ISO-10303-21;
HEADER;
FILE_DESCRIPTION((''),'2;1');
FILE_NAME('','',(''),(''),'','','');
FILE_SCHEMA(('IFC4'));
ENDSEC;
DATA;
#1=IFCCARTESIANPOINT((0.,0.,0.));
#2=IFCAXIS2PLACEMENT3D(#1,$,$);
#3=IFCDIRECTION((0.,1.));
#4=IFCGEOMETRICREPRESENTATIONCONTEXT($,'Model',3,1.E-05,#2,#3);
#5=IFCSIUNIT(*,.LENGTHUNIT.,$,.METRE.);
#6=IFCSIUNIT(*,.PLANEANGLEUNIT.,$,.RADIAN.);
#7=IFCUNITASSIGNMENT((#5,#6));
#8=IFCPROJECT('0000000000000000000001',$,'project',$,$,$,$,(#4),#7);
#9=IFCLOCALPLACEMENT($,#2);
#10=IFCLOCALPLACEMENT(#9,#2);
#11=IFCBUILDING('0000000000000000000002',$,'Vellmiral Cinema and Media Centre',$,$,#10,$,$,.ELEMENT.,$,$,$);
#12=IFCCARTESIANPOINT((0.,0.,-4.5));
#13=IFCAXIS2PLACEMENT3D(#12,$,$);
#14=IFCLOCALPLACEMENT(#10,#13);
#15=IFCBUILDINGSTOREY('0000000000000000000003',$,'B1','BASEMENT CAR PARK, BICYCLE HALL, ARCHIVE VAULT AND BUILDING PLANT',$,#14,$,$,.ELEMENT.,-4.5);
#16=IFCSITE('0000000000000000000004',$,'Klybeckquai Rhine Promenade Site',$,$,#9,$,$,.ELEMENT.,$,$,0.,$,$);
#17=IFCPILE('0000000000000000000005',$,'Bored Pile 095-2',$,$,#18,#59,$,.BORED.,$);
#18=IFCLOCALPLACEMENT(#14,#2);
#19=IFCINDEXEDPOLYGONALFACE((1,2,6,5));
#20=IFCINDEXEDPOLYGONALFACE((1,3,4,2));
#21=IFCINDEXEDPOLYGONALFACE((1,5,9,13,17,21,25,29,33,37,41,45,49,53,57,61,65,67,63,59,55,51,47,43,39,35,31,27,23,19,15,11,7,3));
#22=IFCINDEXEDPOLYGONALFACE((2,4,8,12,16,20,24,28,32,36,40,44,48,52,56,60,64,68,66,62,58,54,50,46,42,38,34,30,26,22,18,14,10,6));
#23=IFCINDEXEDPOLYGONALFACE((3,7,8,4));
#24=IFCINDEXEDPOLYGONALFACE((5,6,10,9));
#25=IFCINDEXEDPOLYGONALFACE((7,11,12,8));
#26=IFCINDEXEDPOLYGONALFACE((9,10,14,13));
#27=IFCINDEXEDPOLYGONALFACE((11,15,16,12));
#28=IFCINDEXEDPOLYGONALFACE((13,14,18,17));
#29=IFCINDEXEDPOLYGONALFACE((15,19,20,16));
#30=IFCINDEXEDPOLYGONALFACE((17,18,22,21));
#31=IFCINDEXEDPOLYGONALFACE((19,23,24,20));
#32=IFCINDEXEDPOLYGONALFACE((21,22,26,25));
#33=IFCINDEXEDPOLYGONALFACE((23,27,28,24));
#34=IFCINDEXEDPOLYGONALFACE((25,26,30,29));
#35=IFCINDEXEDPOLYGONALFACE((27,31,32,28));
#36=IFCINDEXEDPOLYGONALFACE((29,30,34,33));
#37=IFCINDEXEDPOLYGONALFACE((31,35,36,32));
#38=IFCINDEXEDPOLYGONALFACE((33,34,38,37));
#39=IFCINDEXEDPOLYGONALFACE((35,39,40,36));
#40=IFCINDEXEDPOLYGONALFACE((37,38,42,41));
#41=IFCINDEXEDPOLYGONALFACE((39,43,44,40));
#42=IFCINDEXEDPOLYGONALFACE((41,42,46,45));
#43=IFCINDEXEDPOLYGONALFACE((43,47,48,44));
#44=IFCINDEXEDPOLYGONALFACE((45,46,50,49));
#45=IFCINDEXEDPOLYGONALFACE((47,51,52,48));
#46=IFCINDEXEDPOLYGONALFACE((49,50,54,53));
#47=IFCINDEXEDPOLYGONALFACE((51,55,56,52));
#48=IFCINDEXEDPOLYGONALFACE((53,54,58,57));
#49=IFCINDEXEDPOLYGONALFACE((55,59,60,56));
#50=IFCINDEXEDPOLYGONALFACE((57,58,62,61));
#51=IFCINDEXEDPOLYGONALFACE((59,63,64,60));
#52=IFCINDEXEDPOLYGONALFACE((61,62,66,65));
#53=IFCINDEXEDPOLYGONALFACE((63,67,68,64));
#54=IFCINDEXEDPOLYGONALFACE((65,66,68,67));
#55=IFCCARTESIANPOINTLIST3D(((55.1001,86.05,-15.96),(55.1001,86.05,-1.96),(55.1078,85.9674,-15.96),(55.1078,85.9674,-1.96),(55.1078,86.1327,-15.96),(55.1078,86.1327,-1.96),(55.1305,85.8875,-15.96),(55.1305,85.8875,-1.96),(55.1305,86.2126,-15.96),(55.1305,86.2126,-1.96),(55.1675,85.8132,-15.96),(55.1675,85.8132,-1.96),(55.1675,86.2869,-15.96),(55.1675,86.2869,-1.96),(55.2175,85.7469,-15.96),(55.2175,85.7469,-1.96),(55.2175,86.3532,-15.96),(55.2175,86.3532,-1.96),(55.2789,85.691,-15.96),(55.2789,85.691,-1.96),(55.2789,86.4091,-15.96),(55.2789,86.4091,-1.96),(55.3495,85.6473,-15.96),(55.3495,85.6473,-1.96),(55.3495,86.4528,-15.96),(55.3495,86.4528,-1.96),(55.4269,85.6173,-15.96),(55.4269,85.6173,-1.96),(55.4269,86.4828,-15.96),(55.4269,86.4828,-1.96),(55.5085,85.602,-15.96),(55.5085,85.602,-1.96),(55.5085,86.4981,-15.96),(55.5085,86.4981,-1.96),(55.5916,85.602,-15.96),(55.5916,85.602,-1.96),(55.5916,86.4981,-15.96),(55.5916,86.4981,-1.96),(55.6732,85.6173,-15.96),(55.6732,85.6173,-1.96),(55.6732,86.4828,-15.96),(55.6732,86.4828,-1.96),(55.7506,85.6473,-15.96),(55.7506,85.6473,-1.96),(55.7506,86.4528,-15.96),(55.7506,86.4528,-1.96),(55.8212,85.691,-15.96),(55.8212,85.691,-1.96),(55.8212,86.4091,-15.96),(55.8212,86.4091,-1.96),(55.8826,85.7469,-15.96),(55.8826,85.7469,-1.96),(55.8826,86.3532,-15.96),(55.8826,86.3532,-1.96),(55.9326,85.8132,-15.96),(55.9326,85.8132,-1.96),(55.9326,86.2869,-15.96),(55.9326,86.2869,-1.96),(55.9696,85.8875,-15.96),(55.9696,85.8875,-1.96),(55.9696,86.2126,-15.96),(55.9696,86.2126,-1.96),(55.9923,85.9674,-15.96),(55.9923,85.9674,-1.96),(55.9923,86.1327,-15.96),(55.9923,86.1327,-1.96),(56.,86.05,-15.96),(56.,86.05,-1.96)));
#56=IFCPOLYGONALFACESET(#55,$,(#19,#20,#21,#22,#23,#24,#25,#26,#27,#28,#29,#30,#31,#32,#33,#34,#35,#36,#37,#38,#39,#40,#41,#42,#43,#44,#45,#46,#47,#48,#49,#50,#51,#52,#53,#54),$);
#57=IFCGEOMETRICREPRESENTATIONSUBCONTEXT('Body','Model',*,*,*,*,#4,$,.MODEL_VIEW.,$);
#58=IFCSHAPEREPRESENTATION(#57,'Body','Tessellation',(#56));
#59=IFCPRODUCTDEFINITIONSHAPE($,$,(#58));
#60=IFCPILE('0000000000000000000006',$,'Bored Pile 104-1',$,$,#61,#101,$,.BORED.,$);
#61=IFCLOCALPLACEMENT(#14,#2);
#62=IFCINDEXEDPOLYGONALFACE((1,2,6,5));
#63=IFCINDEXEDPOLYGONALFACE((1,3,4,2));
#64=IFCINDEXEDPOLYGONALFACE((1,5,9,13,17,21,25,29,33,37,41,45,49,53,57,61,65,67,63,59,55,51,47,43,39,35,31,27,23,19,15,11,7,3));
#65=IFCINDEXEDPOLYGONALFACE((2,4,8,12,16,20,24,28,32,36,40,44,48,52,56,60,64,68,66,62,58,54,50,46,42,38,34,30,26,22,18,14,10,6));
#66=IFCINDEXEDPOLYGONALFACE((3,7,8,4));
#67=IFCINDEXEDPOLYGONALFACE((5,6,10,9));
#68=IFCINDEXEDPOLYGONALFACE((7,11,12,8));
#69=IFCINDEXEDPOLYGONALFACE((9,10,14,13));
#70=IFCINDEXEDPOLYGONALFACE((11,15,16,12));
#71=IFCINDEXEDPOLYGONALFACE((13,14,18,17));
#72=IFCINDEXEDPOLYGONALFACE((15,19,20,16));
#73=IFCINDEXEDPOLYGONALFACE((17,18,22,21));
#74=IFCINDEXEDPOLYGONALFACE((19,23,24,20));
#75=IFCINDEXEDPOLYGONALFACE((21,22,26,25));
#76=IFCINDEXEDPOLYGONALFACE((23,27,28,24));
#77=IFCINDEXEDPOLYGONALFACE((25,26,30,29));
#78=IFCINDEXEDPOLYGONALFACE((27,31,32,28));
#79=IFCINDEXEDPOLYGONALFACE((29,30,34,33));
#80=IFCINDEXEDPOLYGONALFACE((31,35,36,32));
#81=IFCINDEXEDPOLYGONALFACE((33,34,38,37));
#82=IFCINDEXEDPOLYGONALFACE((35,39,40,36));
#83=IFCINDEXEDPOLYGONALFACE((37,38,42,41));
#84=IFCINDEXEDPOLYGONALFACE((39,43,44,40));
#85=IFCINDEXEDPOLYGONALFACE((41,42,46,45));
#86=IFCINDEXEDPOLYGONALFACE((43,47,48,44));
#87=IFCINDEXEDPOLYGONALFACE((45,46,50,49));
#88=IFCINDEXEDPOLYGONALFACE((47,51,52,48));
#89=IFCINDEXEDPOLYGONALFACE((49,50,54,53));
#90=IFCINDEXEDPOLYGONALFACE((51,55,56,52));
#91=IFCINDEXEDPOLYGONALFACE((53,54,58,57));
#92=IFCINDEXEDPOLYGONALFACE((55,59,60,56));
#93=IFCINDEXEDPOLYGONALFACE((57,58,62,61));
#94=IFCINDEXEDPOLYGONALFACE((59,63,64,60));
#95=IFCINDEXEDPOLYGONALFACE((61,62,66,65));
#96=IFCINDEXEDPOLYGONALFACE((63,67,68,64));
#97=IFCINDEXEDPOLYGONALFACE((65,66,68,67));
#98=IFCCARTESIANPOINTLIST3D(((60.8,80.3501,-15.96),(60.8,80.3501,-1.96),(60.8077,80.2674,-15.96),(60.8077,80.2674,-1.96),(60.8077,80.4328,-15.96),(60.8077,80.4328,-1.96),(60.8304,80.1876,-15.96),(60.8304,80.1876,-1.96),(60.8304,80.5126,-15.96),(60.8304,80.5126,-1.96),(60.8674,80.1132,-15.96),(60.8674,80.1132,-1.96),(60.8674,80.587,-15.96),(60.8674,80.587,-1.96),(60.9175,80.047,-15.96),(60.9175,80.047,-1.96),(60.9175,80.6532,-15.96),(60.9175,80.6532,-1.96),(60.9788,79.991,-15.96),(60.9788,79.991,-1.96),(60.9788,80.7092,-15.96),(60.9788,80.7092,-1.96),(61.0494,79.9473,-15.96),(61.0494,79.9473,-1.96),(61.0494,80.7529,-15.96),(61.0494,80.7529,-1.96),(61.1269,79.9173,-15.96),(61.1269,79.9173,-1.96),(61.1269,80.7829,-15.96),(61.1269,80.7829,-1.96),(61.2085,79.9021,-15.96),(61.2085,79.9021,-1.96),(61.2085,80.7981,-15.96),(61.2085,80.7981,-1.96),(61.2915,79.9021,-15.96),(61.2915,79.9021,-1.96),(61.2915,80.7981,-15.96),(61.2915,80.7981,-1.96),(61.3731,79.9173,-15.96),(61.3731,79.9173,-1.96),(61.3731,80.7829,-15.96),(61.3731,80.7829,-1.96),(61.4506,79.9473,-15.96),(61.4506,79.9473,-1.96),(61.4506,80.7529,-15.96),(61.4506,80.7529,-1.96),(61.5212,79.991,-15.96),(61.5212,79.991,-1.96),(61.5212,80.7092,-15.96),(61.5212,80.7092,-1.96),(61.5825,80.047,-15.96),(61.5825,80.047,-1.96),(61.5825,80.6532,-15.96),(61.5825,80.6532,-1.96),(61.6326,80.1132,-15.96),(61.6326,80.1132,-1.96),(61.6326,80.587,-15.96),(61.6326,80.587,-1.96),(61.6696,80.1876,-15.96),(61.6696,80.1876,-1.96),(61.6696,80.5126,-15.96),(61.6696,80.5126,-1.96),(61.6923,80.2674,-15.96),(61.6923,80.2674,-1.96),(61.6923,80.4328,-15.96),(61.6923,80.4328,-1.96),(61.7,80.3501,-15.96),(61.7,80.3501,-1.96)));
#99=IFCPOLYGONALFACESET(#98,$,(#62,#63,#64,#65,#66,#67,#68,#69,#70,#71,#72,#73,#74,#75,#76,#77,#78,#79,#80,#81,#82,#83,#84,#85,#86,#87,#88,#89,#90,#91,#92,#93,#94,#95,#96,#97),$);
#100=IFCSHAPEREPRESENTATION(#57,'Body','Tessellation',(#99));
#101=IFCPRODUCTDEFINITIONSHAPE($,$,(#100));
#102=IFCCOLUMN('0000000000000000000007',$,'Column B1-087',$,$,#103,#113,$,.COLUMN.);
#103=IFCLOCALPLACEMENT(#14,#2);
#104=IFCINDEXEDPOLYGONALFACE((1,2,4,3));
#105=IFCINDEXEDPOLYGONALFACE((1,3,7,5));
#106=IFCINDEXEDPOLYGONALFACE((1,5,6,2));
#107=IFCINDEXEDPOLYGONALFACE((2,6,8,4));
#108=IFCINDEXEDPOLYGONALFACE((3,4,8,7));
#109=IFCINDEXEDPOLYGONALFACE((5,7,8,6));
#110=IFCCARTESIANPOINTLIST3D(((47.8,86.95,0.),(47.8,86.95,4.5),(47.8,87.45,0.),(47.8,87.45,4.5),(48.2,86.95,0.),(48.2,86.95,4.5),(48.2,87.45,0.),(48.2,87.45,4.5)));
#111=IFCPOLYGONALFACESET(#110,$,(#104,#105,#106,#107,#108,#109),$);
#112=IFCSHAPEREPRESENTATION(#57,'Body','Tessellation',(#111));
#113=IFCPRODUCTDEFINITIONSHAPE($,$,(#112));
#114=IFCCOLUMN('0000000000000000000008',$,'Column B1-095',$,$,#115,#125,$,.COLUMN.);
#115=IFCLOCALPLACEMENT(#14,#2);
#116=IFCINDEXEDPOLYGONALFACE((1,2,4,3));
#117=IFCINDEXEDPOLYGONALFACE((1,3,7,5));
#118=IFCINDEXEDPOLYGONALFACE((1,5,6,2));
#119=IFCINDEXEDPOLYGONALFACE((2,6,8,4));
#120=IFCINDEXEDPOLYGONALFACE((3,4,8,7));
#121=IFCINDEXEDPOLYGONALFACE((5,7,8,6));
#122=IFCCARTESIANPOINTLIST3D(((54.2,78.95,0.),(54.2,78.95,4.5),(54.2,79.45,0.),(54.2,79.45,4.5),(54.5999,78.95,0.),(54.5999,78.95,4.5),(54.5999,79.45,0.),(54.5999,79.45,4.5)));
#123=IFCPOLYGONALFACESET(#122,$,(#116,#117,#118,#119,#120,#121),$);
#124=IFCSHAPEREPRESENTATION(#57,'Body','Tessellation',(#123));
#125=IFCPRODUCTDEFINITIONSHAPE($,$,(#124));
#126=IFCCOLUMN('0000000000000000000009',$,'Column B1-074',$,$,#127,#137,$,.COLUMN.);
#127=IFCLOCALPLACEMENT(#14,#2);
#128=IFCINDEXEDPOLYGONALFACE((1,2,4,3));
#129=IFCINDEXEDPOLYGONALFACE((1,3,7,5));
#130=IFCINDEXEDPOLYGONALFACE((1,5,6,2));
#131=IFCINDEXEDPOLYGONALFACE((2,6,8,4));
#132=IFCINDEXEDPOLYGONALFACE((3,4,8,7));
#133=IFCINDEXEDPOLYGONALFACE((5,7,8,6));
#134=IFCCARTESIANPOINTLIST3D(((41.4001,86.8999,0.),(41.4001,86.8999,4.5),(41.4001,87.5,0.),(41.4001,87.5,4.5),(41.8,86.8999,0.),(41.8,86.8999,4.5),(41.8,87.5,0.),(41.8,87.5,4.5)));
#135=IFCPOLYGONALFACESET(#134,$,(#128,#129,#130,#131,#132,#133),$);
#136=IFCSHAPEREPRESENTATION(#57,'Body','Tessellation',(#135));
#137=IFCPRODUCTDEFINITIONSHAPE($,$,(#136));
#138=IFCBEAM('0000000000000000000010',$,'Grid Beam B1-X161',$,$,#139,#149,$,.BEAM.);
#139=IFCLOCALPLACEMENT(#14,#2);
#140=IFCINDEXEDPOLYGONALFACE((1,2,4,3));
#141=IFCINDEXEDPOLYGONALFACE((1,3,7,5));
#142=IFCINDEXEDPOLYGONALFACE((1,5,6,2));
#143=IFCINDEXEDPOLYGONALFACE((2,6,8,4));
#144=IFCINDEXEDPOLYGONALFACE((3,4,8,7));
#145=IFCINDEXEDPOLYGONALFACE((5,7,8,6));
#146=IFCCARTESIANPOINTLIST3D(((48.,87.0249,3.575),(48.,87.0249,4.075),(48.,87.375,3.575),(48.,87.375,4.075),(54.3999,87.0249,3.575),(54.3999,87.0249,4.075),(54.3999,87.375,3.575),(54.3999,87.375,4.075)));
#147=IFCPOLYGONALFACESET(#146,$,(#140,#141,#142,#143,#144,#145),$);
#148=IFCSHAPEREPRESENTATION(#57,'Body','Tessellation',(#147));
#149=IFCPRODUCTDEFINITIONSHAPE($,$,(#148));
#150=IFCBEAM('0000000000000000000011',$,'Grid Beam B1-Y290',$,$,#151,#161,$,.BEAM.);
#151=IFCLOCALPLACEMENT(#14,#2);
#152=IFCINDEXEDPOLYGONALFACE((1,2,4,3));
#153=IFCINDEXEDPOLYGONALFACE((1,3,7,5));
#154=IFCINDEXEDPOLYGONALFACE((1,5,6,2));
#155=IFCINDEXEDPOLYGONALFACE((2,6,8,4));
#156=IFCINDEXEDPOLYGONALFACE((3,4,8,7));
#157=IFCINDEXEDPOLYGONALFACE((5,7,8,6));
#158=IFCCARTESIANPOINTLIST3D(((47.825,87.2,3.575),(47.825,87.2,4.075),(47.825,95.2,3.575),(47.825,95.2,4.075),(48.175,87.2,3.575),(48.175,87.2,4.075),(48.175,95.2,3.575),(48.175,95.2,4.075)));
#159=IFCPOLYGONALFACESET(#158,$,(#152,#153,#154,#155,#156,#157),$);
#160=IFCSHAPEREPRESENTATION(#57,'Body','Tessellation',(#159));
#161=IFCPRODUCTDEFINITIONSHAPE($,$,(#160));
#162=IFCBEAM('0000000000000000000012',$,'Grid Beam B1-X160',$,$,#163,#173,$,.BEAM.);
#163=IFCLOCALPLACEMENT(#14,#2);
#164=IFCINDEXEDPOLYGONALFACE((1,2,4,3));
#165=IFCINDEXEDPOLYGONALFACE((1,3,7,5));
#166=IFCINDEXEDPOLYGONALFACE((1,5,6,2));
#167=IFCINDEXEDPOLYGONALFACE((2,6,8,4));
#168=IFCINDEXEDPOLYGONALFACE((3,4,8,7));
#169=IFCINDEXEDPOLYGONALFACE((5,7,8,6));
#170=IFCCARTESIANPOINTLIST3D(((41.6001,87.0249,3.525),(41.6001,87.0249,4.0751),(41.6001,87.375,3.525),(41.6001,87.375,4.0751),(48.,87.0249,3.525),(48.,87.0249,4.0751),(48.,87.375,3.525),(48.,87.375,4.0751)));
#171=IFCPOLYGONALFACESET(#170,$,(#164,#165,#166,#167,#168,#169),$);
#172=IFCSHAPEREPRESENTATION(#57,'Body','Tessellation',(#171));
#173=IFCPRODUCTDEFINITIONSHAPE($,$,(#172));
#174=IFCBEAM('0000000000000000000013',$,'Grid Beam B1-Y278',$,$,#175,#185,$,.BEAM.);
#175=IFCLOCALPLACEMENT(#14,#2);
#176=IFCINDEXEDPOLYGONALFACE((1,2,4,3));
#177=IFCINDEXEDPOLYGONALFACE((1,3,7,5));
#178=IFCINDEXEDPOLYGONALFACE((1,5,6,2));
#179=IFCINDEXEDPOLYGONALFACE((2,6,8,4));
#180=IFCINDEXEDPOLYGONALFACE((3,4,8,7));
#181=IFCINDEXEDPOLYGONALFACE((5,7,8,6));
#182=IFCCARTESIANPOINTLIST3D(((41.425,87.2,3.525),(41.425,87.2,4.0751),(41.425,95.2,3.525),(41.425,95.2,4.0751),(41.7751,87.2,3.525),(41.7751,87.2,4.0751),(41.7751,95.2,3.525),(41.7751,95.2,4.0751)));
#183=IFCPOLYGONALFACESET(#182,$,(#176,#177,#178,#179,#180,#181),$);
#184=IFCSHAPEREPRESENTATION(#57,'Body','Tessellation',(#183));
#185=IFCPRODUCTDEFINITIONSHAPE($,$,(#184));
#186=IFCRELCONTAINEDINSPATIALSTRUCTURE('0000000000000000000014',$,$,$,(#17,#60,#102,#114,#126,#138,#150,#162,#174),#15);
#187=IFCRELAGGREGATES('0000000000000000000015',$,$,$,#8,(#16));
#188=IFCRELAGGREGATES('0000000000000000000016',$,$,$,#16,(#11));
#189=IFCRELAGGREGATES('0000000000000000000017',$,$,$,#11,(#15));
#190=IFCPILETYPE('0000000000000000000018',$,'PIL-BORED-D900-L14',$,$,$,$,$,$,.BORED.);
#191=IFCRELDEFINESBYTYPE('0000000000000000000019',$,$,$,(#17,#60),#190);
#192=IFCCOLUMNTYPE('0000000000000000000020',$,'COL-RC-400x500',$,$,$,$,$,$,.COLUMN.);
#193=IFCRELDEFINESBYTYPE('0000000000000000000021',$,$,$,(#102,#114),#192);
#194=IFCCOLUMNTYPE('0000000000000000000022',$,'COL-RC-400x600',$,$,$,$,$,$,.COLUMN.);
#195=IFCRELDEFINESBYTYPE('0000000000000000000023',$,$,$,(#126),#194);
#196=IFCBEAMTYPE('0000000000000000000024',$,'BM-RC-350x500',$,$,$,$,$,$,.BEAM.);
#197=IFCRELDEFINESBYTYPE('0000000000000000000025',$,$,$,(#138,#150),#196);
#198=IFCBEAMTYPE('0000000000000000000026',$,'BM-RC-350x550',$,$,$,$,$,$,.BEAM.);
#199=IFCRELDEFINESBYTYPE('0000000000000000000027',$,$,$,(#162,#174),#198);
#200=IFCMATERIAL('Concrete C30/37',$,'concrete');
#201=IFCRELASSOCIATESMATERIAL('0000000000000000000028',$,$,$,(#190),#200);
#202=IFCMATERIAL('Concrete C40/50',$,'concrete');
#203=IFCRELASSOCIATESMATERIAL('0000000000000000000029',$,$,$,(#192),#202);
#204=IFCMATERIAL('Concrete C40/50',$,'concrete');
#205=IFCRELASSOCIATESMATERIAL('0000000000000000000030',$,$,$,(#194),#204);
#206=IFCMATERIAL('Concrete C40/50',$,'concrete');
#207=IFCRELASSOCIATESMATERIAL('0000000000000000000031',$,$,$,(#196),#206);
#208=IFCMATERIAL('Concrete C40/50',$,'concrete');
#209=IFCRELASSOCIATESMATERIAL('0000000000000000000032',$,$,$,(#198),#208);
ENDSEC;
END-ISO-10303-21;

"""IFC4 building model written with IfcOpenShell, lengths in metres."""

from ifc_helpers import new_model, si_unit, direction, frame, origin, origin_2d, place, context, subcontext, project, spatial, rectangle, circle, extrude, material, material_profile, profile_set, type_object, element, save


model = new_model("IFC4")

# Units and contexts
model_context = context("Model", 3, precision=1e-05, world=origin(), true_north=direction((0.0, 1.0)))
body_context = subcontext(model_context, "Body", "Model", "MODEL_VIEW")
ifc_project = project(units=[si_unit("LENGTHUNIT", "METRE"), si_unit("PLANEANGLEUNIT", "RADIAN")], contexts=[model_context])

# Site, building, storey
site_placement = place(None, origin())
site = spatial("IfcSite", under=ifc_project, at=site_placement, Name="Klybeckquai Rhine Promenade Site", CompositionType="ELEMENT", RefElevation=0.0)
building_placement = place(site_placement, origin())
building = spatial("IfcBuilding", under=site, at=building_placement, Name="Vellmiral Cinema and Media Centre", CompositionType="ELEMENT")
storey_placement = place(building_placement, frame((0.0, 0.0, -4.5)))
storey = spatial("IfcBuildingStorey", under=building, at=storey_placement, Name="B1", Description="BASEMENT CAR PARK, BICYCLE HALL, ARCHIVE VAULT AND BUILDING PLANT", CompositionType="ELEMENT", Elevation=-4.5)

# Piles
ifc_material_1 = material(Name="Concrete C30/37", Category="concrete")
ifc_material_profile_1 = material_profile(ifc_material_1, circle(Radius=0.45, at=origin_2d()), Name="PILE D900")
ifc_profile_set_1 = profile_set([ifc_material_profile_1], Name="Concrete C30/37")
pile_type_1 = type_object("IfcPileType", Name="PIL-BORED-D900-L14", PredefinedType="BORED", material=ifc_profile_set_1)
for number, where, z_axis, x_axis, name in (
    (1, (55.55, 86.05, -1.96), (0.0, 0.0, -1.0), (1.0, 0.0, 0.0), "Bored Pile 095-2"),
    (2, (61.25, 80.3501, -1.96), (0.0, 0.0, -1.0), (1.0, 0.0, 0.0), "Bored Pile 104-1"),
):
    element("IfcPile", number, at=place(storey_placement, frame(where, z_axis=z_axis, x_axis=x_axis)), inside=storey, type_object=pile_type_1, Name=name, PredefinedType="BORED", context=body_context, shape_type="SweptSolid", body=[
        extrude(circle(Radius=0.45, at=origin_2d()), origin(), (0.0, 0.0, 1.0), 14.0),
    ])

# Columns
ifc_material_2 = material(Name="Concrete C40/50", Category="concrete")
ifc_material_profile_2 = material_profile(ifc_material_2, rectangle(XDim=0.3999, YDim=0.5, at=origin_2d()), Name="RC 400x500")
ifc_profile_set_2 = profile_set([ifc_material_profile_2], Name="Concrete C40/50")
column_type_1 = type_object("IfcColumnType", Name="COL-RC-400x500", PredefinedType="COLUMN", material=ifc_profile_set_2)
for number, where, z_axis, x_axis, name in (
    (3, (48.0, 87.2, 0.0), (0.0, 0.0, 1.0), (1.0, 0.0, 0.0), "Column B1-087"),
    (4, (54.3999, 79.2, 0.0), (0.0, 0.0, 1.0), (1.0, 0.0, 0.0), "Column B1-095"),
):
    element("IfcColumn", number, at=place(storey_placement, frame(where, z_axis=z_axis, x_axis=x_axis)), inside=storey, type_object=column_type_1, Name=name, PredefinedType="COLUMN", context=body_context, shape_type="SweptSolid", body=[
        extrude(rectangle(XDim=0.3999, YDim=0.5, at=origin_2d()), origin(), (0.0, 0.0, 1.0), 4.5),
    ])
ifc_material_3 = material(Name="Concrete C40/50", Category="concrete")
ifc_material_profile_3 = material_profile(ifc_material_3, rectangle(XDim=0.3999, YDim=0.6001, at=origin_2d()), Name="RC 400x600")
ifc_profile_set_3 = profile_set([ifc_material_profile_3], Name="Concrete C40/50")
column_type_2 = type_object("IfcColumnType", Name="COL-RC-400x600", PredefinedType="COLUMN", material=ifc_profile_set_3)
column_placement = place(storey_placement, frame((41.6001, 87.2, 0.0), z_axis=(0.0, 0.0, 1.0), x_axis=(1.0, 0.0, 0.0)))
element("IfcColumn", 5, at=column_placement, inside=storey, type_object=column_type_2, Name="Column B1-074", PredefinedType="COLUMN", context=body_context, shape_type="SweptSolid", body=[
    extrude(rectangle(XDim=0.3999, YDim=0.6001, at=origin_2d()), origin(), (0.0, 0.0, 1.0), 4.5),
])

# Beams
ifc_material_4 = material(Name="Concrete C40/50", Category="concrete")
ifc_material_profile_4 = material_profile(ifc_material_4, rectangle(XDim=0.3501, YDim=0.5, at=origin_2d()), Name="RC 350x500")
ifc_profile_set_4 = profile_set([ifc_material_profile_4], Name="Concrete C40/50")
beam_type_1 = type_object("IfcBeamType", Name="BM-RC-350x500", PredefinedType="BEAM", material=ifc_profile_set_4)
beam_1_placement = place(storey_placement, frame((48.0, 87.2, 3.825), z_axis=(1.0, 0.0, 0.0), x_axis=(0.0, 1.0, 0.0)))
element("IfcBeam", 6, at=beam_1_placement, inside=storey, type_object=beam_type_1, Name="Grid Beam B1-X161", PredefinedType="BEAM", context=body_context, shape_type="SweptSolid", body=[
    extrude(rectangle(XDim=0.3501, YDim=0.5, at=origin_2d()), origin(), (0.0, 0.0, 1.0), 6.3999),
])
beam_2_placement = place(storey_placement, frame((48.0, 87.2, 3.825), z_axis=(0.0, 1.0, 0.0), x_axis=(-1.0, 0.0, 0.0)))
element("IfcBeam", 7, at=beam_2_placement, inside=storey, type_object=beam_type_1, Name="Grid Beam B1-Y290", PredefinedType="BEAM", context=body_context, shape_type="SweptSolid", body=[
    extrude(rectangle(XDim=0.3501, YDim=0.5, at=origin_2d()), origin(), (0.0, 0.0, 1.0), 8.0),
])
ifc_material_5 = material(Name="Concrete C40/50", Category="concrete")
ifc_material_profile_5 = material_profile(ifc_material_5, rectangle(XDim=0.3501, YDim=0.55, at=origin_2d()), Name="RC 350x550")
ifc_profile_set_5 = profile_set([ifc_material_profile_5], Name="Concrete C40/50")
beam_type_2 = type_object("IfcBeamType", Name="BM-RC-350x550", PredefinedType="BEAM", material=ifc_profile_set_5)
beam_3_placement = place(storey_placement, frame((41.6001, 87.2, 3.8), z_axis=(1.0, 0.0, 0.0), x_axis=(0.0, 1.0, 0.0)))
element("IfcBeam", 8, at=beam_3_placement, inside=storey, type_object=beam_type_2, Name="Grid Beam B1-X160", PredefinedType="BEAM", context=body_context, shape_type="SweptSolid", body=[
    extrude(rectangle(XDim=0.3501, YDim=0.55, at=origin_2d()), origin(), (0.0, 0.0, 1.0), 6.3999),
])
beam_4_placement = place(storey_placement, frame((41.6001, 87.2, 3.8), z_axis=(0.0, 1.0, 0.0), x_axis=(-1.0, 0.0, 0.0)))
element("IfcBeam", 9, at=beam_4_placement, inside=storey, type_object=beam_type_2, Name="Grid Beam B1-Y278", PredefinedType="BEAM", context=body_context, shape_type="SweptSolid", body=[
    extrude(rectangle(XDim=0.3501, YDim=0.55, at=origin_2d()), origin(), (0.0, 0.0, 1.0), 8.0),
])

save(model, "model.ifc")
